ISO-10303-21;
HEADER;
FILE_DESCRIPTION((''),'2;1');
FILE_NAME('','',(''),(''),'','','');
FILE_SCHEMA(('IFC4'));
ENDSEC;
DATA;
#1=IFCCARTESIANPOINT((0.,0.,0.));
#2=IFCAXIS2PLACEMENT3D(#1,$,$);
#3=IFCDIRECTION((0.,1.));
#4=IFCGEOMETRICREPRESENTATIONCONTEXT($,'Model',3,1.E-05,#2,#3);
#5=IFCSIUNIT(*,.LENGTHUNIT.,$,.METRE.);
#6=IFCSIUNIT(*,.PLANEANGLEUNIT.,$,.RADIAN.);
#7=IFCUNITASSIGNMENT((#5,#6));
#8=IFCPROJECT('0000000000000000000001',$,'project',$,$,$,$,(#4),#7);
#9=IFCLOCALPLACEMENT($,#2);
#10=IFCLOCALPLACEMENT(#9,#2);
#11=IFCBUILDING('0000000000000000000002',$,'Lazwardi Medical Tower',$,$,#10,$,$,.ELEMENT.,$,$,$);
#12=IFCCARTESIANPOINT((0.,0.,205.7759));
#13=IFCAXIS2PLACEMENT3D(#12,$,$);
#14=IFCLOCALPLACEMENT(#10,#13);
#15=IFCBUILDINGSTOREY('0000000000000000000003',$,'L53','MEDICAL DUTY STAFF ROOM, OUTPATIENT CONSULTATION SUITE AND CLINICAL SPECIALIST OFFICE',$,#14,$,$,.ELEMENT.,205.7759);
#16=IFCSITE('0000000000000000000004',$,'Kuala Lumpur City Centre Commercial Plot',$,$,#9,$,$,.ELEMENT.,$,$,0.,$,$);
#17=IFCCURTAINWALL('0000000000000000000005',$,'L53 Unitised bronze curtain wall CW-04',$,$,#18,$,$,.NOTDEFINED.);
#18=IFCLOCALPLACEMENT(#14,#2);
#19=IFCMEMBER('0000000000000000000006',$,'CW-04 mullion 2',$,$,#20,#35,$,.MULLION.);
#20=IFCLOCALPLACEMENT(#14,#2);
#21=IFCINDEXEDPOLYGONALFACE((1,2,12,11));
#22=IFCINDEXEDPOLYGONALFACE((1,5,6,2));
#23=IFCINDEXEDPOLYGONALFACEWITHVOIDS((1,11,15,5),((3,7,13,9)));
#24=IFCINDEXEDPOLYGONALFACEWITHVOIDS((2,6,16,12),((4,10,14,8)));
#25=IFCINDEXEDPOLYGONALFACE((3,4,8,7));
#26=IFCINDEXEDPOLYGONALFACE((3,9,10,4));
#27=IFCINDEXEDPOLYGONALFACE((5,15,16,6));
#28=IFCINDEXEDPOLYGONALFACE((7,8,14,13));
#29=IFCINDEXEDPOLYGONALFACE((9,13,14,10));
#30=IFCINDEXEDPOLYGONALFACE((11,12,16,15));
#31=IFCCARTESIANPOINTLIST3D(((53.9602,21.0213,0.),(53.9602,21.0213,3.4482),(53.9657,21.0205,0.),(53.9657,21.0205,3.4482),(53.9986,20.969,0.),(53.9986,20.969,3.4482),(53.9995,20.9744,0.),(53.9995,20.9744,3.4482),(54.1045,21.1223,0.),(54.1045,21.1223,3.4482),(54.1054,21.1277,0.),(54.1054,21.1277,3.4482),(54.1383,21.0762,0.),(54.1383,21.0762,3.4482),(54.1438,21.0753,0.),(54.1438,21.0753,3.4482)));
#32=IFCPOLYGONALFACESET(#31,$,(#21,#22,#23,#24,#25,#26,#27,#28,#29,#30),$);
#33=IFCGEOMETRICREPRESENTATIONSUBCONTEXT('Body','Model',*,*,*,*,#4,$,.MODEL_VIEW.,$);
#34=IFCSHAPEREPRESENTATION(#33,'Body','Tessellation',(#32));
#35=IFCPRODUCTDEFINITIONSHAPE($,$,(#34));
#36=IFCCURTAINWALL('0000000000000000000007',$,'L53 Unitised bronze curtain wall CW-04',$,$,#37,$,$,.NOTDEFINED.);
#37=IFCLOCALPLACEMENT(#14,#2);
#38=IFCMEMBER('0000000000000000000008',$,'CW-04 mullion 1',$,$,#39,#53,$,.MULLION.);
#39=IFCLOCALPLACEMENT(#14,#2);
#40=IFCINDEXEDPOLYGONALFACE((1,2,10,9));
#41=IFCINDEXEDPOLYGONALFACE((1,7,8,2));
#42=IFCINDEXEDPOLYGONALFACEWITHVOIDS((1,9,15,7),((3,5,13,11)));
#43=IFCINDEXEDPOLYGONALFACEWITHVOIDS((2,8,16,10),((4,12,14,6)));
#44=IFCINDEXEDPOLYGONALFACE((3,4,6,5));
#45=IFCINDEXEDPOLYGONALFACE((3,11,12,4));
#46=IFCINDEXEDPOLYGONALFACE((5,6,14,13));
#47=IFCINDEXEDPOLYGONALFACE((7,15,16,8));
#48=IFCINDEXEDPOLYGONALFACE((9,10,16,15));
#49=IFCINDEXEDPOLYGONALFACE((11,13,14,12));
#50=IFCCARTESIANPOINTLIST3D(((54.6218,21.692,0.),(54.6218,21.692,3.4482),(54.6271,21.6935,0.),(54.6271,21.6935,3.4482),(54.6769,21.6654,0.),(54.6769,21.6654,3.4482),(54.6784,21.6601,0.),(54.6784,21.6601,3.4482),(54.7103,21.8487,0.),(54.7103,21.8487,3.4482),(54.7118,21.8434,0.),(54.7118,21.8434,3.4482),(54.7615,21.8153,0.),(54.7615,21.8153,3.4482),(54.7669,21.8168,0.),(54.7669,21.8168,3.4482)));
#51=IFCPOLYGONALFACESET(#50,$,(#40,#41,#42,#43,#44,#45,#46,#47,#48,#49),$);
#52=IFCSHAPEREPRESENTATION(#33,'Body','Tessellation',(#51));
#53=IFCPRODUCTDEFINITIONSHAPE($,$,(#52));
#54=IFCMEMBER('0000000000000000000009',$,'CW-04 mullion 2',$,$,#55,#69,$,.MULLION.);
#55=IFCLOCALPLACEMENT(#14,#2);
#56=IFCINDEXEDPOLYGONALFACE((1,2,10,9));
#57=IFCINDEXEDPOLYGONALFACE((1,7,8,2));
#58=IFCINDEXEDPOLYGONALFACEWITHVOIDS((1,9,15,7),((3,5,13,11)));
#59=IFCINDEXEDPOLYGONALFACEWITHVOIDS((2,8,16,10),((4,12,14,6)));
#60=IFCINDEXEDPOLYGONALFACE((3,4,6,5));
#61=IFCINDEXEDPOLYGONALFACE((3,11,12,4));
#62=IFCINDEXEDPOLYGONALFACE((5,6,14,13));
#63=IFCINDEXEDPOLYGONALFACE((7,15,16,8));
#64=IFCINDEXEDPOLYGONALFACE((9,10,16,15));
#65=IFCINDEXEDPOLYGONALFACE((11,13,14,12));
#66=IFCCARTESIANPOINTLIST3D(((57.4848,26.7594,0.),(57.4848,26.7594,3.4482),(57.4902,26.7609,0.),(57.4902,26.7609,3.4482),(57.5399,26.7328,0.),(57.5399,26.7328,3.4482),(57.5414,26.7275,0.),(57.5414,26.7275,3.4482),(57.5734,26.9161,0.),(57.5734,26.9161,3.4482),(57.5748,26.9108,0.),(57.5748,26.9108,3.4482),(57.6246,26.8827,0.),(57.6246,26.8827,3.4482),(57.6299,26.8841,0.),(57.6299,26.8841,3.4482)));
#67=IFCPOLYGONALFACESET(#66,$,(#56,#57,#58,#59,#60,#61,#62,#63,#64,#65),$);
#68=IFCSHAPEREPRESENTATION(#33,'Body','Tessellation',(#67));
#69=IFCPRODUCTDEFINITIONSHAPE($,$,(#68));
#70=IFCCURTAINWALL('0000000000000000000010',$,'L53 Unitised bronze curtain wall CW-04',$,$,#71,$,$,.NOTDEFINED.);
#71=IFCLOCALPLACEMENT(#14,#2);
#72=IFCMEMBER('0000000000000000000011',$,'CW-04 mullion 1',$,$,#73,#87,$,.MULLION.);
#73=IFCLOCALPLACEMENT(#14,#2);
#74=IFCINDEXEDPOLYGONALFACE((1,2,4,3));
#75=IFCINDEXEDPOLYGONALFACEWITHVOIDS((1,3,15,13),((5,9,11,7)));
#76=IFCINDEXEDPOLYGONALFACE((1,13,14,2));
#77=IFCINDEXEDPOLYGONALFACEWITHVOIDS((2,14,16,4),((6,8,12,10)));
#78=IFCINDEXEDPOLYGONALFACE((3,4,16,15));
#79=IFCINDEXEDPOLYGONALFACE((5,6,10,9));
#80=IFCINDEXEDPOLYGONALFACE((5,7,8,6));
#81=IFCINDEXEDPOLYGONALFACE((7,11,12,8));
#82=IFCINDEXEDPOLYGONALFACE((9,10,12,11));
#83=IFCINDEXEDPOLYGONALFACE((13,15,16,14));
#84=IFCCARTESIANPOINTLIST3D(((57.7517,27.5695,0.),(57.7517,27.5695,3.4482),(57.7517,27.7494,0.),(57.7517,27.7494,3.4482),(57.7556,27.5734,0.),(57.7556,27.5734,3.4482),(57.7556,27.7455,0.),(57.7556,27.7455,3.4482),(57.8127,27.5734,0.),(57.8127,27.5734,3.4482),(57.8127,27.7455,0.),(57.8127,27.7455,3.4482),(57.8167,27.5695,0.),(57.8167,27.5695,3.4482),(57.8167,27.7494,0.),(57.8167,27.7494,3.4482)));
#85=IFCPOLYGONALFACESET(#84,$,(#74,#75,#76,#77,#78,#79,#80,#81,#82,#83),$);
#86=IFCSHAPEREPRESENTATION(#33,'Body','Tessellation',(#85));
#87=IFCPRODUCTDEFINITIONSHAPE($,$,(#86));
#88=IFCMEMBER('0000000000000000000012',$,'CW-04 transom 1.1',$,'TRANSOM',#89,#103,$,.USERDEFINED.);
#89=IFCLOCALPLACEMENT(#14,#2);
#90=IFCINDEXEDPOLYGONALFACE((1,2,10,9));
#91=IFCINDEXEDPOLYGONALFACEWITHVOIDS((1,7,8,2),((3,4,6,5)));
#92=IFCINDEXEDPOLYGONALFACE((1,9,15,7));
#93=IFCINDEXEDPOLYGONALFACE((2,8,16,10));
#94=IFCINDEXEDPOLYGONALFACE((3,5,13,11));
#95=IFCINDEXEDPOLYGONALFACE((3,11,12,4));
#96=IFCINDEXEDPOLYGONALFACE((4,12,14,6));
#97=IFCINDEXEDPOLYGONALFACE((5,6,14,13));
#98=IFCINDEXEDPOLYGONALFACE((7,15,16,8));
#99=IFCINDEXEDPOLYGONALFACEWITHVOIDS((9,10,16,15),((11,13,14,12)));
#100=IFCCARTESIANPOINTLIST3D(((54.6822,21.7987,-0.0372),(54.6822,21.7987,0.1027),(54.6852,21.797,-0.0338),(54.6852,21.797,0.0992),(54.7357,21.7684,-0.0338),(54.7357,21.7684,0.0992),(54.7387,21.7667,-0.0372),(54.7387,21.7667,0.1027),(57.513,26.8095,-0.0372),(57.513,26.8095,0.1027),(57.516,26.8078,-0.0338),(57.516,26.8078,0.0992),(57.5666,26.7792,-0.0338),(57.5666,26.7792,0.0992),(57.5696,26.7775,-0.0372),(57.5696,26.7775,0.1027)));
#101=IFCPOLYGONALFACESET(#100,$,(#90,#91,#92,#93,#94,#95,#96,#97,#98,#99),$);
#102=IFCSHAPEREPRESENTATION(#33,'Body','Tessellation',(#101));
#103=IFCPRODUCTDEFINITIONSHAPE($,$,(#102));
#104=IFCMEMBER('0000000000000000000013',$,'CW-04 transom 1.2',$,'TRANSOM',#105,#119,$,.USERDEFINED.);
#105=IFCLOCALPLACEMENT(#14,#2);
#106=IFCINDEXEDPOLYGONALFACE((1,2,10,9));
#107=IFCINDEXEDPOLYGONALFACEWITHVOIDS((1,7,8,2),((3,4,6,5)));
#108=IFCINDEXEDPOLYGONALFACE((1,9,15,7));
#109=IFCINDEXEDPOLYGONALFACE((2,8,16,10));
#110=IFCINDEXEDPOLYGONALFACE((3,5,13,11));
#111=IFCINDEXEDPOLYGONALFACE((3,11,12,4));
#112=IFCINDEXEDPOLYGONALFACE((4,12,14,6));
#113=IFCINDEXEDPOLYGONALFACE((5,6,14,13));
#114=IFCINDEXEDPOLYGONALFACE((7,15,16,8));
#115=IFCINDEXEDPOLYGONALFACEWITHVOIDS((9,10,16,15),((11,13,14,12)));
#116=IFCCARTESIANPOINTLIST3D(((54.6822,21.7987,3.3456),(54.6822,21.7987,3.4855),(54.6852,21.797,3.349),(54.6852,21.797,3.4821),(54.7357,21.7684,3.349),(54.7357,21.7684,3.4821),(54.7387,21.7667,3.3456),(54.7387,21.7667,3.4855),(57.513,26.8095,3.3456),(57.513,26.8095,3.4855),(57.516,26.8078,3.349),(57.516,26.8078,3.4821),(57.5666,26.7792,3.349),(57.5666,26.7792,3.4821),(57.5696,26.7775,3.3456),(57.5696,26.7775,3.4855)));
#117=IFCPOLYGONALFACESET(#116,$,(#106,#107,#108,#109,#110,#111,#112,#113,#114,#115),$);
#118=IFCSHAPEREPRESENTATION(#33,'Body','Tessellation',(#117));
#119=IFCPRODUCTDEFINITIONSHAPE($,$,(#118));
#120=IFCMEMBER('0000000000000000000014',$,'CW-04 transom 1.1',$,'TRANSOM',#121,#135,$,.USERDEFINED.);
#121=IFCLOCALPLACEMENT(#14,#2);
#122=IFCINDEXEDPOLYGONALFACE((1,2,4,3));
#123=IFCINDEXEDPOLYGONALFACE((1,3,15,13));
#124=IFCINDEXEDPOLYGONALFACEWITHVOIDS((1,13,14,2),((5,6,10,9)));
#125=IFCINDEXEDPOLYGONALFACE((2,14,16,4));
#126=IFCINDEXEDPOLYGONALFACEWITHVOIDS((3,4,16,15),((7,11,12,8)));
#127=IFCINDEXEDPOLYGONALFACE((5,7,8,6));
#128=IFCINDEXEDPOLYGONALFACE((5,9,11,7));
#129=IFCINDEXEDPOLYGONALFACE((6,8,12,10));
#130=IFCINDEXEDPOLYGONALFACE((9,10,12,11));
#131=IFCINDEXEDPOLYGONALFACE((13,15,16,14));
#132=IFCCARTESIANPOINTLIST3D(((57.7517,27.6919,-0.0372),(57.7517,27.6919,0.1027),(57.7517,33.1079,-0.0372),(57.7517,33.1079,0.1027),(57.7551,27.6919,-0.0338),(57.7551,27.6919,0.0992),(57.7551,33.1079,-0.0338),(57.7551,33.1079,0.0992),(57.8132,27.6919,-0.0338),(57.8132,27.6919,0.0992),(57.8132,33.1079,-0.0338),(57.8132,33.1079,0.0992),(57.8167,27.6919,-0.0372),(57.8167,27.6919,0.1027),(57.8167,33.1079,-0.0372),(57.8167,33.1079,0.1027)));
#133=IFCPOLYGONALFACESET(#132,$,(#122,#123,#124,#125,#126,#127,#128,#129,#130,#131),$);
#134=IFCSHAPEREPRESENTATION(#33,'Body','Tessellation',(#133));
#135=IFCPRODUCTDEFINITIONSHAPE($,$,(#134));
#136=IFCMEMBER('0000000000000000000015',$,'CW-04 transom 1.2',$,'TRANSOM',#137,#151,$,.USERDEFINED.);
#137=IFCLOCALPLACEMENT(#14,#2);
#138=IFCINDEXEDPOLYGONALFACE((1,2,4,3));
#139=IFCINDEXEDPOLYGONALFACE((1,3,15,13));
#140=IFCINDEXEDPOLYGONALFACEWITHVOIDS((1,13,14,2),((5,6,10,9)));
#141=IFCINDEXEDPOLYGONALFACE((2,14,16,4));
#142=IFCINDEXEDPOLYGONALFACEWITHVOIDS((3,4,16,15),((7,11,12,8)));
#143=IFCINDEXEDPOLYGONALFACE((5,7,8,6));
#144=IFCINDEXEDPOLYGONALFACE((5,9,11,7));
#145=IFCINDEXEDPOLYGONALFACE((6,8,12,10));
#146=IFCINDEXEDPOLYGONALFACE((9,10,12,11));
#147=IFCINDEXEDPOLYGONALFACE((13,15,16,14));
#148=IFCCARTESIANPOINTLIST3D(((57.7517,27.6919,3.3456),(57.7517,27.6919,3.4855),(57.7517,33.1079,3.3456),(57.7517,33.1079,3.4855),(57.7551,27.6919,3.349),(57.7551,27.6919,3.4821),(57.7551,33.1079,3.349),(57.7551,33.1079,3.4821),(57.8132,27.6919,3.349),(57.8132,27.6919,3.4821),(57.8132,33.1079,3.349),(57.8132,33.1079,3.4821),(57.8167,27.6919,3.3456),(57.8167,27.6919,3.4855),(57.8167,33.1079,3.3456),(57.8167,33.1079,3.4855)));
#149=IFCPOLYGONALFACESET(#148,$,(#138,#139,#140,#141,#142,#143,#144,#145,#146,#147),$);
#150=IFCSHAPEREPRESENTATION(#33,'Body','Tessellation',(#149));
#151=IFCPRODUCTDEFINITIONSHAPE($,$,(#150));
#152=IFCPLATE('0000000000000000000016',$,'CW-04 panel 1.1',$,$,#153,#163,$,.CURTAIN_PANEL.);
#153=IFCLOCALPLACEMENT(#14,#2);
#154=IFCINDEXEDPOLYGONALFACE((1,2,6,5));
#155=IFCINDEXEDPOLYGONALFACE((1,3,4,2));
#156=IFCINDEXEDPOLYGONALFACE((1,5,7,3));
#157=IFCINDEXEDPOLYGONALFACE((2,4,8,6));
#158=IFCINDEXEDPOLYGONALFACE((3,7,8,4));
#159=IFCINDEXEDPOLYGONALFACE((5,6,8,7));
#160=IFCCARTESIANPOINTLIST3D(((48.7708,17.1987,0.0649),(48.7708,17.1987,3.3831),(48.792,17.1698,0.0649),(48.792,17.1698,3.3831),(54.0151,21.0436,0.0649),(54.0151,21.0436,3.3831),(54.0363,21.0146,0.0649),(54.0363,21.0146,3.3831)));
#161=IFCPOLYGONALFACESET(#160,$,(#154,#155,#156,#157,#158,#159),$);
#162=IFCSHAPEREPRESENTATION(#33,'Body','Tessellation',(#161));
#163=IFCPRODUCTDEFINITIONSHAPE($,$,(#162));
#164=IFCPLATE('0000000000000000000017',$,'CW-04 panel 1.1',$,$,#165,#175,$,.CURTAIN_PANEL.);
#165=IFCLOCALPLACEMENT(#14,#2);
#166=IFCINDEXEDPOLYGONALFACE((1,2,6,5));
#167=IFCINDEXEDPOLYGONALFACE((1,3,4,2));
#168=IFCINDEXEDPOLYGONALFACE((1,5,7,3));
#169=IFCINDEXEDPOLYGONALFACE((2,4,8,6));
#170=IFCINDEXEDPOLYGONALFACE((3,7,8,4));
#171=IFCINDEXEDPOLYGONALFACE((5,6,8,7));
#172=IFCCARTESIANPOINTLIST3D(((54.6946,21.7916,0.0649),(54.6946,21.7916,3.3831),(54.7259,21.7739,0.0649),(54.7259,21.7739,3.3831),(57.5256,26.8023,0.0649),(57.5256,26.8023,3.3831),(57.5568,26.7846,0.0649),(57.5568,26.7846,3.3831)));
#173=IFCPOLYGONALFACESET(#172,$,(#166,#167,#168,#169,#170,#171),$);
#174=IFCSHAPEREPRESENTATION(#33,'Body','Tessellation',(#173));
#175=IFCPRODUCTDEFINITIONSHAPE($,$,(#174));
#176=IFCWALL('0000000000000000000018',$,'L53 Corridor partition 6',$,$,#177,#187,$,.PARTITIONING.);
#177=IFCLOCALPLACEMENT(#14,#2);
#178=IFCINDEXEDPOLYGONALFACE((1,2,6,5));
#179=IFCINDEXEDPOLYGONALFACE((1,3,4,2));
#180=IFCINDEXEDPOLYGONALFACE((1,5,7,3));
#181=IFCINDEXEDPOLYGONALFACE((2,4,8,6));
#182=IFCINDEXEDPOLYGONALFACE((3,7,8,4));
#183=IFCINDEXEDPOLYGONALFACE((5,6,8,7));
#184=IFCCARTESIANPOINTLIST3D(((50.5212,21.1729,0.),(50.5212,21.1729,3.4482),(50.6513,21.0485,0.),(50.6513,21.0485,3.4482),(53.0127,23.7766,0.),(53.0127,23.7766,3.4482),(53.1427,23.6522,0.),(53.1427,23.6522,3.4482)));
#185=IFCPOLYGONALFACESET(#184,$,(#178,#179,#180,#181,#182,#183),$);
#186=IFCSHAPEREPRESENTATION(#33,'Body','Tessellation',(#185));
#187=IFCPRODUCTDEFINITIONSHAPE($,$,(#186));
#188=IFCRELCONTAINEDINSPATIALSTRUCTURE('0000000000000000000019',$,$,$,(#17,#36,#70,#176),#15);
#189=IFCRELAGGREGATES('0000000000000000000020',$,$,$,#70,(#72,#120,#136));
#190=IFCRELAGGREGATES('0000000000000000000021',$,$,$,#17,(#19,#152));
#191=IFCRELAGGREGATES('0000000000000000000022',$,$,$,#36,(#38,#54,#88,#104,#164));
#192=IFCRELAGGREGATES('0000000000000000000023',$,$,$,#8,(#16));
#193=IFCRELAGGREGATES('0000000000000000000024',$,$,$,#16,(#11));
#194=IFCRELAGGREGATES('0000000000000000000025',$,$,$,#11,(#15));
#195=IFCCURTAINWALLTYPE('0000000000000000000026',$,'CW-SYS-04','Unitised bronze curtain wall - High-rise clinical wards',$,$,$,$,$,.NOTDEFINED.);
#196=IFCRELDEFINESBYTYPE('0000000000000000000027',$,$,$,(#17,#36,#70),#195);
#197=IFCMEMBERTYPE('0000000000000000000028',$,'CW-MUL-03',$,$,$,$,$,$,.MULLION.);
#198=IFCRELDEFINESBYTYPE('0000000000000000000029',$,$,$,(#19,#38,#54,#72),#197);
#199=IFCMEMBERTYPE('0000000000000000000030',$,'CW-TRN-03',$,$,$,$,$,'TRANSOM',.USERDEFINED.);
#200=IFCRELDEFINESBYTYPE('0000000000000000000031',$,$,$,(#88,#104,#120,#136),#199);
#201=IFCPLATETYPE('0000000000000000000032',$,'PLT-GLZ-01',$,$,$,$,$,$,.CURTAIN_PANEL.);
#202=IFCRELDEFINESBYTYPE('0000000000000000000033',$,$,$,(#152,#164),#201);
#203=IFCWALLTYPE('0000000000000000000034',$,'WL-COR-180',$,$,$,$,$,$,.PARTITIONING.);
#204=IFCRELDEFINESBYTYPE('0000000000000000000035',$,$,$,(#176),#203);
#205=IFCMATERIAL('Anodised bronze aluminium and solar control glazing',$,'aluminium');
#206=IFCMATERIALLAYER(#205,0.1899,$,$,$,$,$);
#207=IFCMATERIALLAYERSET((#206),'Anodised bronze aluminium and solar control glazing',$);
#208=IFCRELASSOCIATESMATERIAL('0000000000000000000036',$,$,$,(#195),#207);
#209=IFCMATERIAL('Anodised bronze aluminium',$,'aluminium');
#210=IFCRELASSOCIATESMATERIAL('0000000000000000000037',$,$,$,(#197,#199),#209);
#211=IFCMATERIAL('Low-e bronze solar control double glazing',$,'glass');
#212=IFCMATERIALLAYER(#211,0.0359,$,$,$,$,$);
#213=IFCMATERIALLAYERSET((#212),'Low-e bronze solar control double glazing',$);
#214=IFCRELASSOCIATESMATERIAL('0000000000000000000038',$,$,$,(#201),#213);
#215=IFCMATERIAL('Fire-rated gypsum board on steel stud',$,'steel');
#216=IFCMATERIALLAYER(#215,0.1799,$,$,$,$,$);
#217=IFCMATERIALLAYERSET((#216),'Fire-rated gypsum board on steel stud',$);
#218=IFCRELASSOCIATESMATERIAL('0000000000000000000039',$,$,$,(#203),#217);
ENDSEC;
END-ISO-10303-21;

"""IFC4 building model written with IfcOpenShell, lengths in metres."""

from ifc_helpers import new_model, si_unit, direction, frame, frame_2d, origin, origin_2d, place, context, subcontext, project, spatial, rectangle, hollow_rectangle, extrude, material, layer, layer_set, material_profile, profile_set, type_object, element, aggregate, save


model = new_model("IFC4")

# Units and contexts
model_context = context("Model", 3, precision=1e-05, world=origin(), true_north=direction((0.0, 1.0)))
body_context = subcontext(model_context, "Body", "Model", "MODEL_VIEW")
ifc_project = project(units=[si_unit("LENGTHUNIT", "METRE"), si_unit("PLANEANGLEUNIT", "RADIAN")], contexts=[model_context])

# Site, building, storey
site_placement = place(None, origin())
site = spatial("IfcSite", under=ifc_project, at=site_placement, Name="Kuala Lumpur City Centre Commercial Plot", CompositionType="ELEMENT", RefElevation=0.0)
building_placement = place(site_placement, origin())
building = spatial("IfcBuilding", under=site, at=building_placement, Name="Lazwardi Medical Tower", CompositionType="ELEMENT")
storey_placement = place(building_placement, frame((0.0, 0.0, 205.7759)))
storey = spatial("IfcBuildingStorey", under=building, at=storey_placement, Name="L53", Description="MEDICAL DUTY STAFF ROOM, OUTPATIENT CONSULTATION SUITE AND CLINICAL SPECIALIST OFFICE", CompositionType="ELEMENT", Elevation=205.7759)

# Curtain wall, member
ifc_material_1 = material(Name="Anodised bronze aluminium and solar control glazing", Category="aluminium")
ifc_layer_1 = layer(ifc_material_1, 0.1899)
ifc_layer_set_1 = layer_set([ifc_layer_1], Name="Anodised bronze aluminium and solar control glazing")
curtain_wall_type = type_object("IfcCurtainWallType", Name="CW-SYS-04", Description="Unitised bronze curtain wall - High-rise clinical wards", PredefinedType="NOTDEFINED", material=ifc_layer_set_1)
curtain_wall_1_placement = place(storey_placement, origin())
curtain_wall_1 = element("IfcCurtainWall", 1, at=curtain_wall_1_placement, inside=storey, type_object=curtain_wall_type, Name="L53 Unitised bronze curtain wall CW-04", PredefinedType="NOTDEFINED")
ifc_material_2 = material(Name="Anodised bronze aluminium", Category="aluminium")
ifc_material_profile_1 = material_profile(ifc_material_2, hollow_rectangle(XDim=0.0649, YDim=0.1799, WallThickness=0.0039, at=origin_2d()), Name="ALU-MULLION 180x65x4")
ifc_profile_set_1 = profile_set([ifc_material_profile_1], Name="Anodised bronze aluminium")
member_type_1 = type_object("IfcMemberType", Name="CW-MUL-03", PredefinedType="MULLION", material=ifc_profile_set_1)
member_1_placement = place(storey_placement, frame((54.052, 21.0483, 0.0), z_axis=(0.0, 0.0, 1.0), x_axis=(-0.591268, 0.806475, 0.0)))
member_1 = element("IfcMember", 2, at=member_1_placement, type_object=member_type_1, Name="CW-04 mullion 2", PredefinedType="MULLION", context=body_context, shape_type="SweptSolid", body=[
    extrude(hollow_rectangle(XDim=0.0649, YDim=0.1799, WallThickness=0.0039, at=origin_2d()), origin(), (0.0, 0.0, 1.0), 3.4482),
])

# Curtain wall, members
curtain_wall_2_placement = place(storey_placement, origin())
curtain_wall_2 = element("IfcCurtainWall", 3, at=curtain_wall_2_placement, inside=storey, type_object=curtain_wall_type, Name="L53 Unitised bronze curtain wall CW-04", PredefinedType="NOTDEFINED")
member_2_placement = place(storey_placement, frame((54.6943, 21.7544, 0.0), z_axis=(0.0, 0.0, 1.0), x_axis=(-0.870651, 0.4919, 0.0)))
member_2 = element("IfcMember", 4, at=member_2_placement, type_object=member_type_1, Name="CW-04 mullion 1", PredefinedType="MULLION", context=body_context, shape_type="SweptSolid", body=[
    extrude(hollow_rectangle(XDim=0.0649, YDim=0.1799, WallThickness=0.0039, at=origin_2d()), origin(), (0.0, 0.0, 1.0), 3.4482),
])
member_3_placement = place(storey_placement, frame((57.5574, 26.8218, 0.0), z_axis=(0.0, 0.0, 1.0), x_axis=(-0.870651, 0.4919, 0.0)))
member_3 = element("IfcMember", 5, at=member_3_placement, type_object=member_type_1, Name="CW-04 mullion 2", PredefinedType="MULLION", context=body_context, shape_type="SweptSolid", body=[
    extrude(hollow_rectangle(XDim=0.0649, YDim=0.1799, WallThickness=0.0039, at=origin_2d()), origin(), (0.0, 0.0, 1.0), 3.4482),
])

# Curtain wall, member
curtain_wall_3_placement = place(storey_placement, origin())
curtain_wall_3 = element("IfcCurtainWall", 6, at=curtain_wall_3_placement, inside=storey, type_object=curtain_wall_type, Name="L53 Unitised bronze curtain wall CW-04", PredefinedType="NOTDEFINED")
member_4_placement = place(storey_placement, frame((57.7842, 27.6594, 0.0), z_axis=(0.0, 0.0, 1.0), x_axis=(-1.0, 0.0, 0.0)))
member_4 = element("IfcMember", 7, at=member_4_placement, type_object=member_type_1, Name="CW-04 mullion 1", PredefinedType="MULLION", context=body_context, shape_type="SweptSolid", body=[
    extrude(hollow_rectangle(XDim=0.0649, YDim=0.1799, WallThickness=0.0039, at=origin_2d()), origin(), (0.0, 0.0, 1.0), 3.4482),
])

# Members
ifc_material_profile_2 = material_profile(ifc_material_2, hollow_rectangle(XDim=0.0649, YDim=0.1399, WallThickness=0.0034, at=origin_2d()), Name="ALU-TRANSOM 140x65x3.5")
ifc_profile_set_2 = profile_set([ifc_material_profile_2], Name="Anodised bronze aluminium")
member_type_2 = type_object("IfcMemberType", Name="CW-TRN-03", ElementType="TRANSOM", PredefinedType="USERDEFINED", material=ifc_profile_set_2)
member_5_placement = place(storey_placement, frame((54.7104, 21.7827, 0.0327), z_axis=(0.49188, 0.870663, 0.0), x_axis=(-0.870663, 0.49188, 0.0)))
member_5 = element("IfcMember", 8, at=member_5_placement, type_object=member_type_2, Name="CW-04 transom 1.1", ObjectType="TRANSOM", PredefinedType="USERDEFINED", context=body_context, shape_type="SweptSolid", body=[
    extrude(hollow_rectangle(XDim=0.0649, YDim=0.1399, WallThickness=0.0034, at=origin_2d()), origin(), (0.0, 0.0, 1.0), 5.7551),
])
member_6_placement = place(storey_placement, frame((54.7104, 21.7827, 3.4155), z_axis=(0.49188, 0.870663, 0.0), x_axis=(-0.870663, 0.49188, 0.0)))
member_6 = element("IfcMember", 9, at=member_6_placement, type_object=member_type_2, Name="CW-04 transom 1.2", ObjectType="TRANSOM", PredefinedType="USERDEFINED", context=body_context, shape_type="SweptSolid", body=[
    extrude(hollow_rectangle(XDim=0.0649, YDim=0.1399, WallThickness=0.0034, at=origin_2d()), origin(), (0.0, 0.0, 1.0), 5.7551),
])
member_7_placement = place(storey_placement, frame((57.7842, 27.6919, 0.0327), z_axis=(0.0, 1.0, 0.0), x_axis=(-1.0, 0.0, 0.0)))
member_7 = element("IfcMember", 10, at=member_7_placement, type_object=member_type_2, Name="CW-04 transom 1.1", ObjectType="TRANSOM", PredefinedType="USERDEFINED", context=body_context, shape_type="SweptSolid", body=[
    extrude(hollow_rectangle(XDim=0.0649, YDim=0.1399, WallThickness=0.0034, at=origin_2d()), origin(), (0.0, 0.0, 1.0), 5.416),
])
member_8_placement = place(storey_placement, frame((57.7842, 27.6919, 3.4155), z_axis=(0.0, 1.0, 0.0), x_axis=(-1.0, 0.0, 0.0)))
member_8 = element("IfcMember", 11, at=member_8_placement, type_object=member_type_2, Name="CW-04 transom 1.2", ObjectType="TRANSOM", PredefinedType="USERDEFINED", context=body_context, shape_type="SweptSolid", body=[
    extrude(hollow_rectangle(XDim=0.0649, YDim=0.1399, WallThickness=0.0034, at=origin_2d()), origin(), (0.0, 0.0, 1.0), 5.416),
])
aggregate(curtain_wall_3, [member_4, member_7, member_8])

# Plates
ifc_material_3 = material(Name="Low-e bronze solar control double glazing", Category="glass")
ifc_layer_2 = layer(ifc_material_3, 0.0359)
ifc_layer_set_2 = layer_set([ifc_layer_2], Name="Low-e bronze solar control double glazing")
plate_type = type_object("IfcPlateType", Name="PLT-GLZ-01", PredefinedType="CURTAIN_PANEL", material=ifc_layer_set_2)
plate_1_placement = place(storey_placement, frame((51.4036, 19.1067, 0.0649), z_axis=(0.0, 0.0, 1.0), x_axis=(0.806475, 0.591268, 0.0)))
plate_1 = element("IfcPlate", 12, at=plate_1_placement, type_object=plate_type, Name="CW-04 panel 1.1", PredefinedType="CURTAIN_PANEL", context=body_context, shape_type="SweptSolid", body=[
    extrude(rectangle(XDim=6.5027, YDim=0.0359, at=origin_2d()), origin(), (0.0, 0.0, 1.0), 3.3181),
])
aggregate(curtain_wall_1, [member_1, plate_1])
plate_2_placement = place(storey_placement, frame((56.1257, 24.2881, 0.0649), z_axis=(0.0, 0.0, 1.0), x_axis=(0.4919, 0.870651, 0.0)))
plate_2 = element("IfcPlate", 13, at=plate_2_placement, type_object=plate_type, Name="CW-04 panel 1.1", PredefinedType="CURTAIN_PANEL", context=body_context, shape_type="SweptSolid", body=[
    extrude(rectangle(XDim=5.7551, YDim=0.0359, at=origin_2d()), origin(), (0.0, 0.0, 1.0), 3.3181),
])
aggregate(curtain_wall_2, [member_2, member_3, member_5, member_6, plate_2])

# Wall
ifc_material_4 = material(Name="Fire-rated gypsum board on steel stud", Category="steel")
ifc_layer_3 = layer(ifc_material_4, 0.1799)
ifc_layer_set_3 = layer_set([ifc_layer_3], Name="Fire-rated gypsum board on steel stud")
wall_type_1 = type_object("IfcWallType", Name="WL-COR-180", PredefinedType="PARTITIONING", material=ifc_layer_set_3)
wall_1_placement = place(storey_placement, frame((53.0776, 23.7144, 0.0), z_axis=(0.0, 0.0, 1.0), x_axis=(-0.691353, -0.722517, 0.0)))
element("IfcWall", 14, at=wall_1_placement, inside=storey, type_object=wall_type_1, Name="L53 Corridor partition 6", PredefinedType="PARTITIONING", context=body_context, shape_type="SweptSolid", body=[
    extrude(rectangle(XDim=3.6038, YDim=0.1799, at=frame_2d((1.8018, 0.0))), origin(), (0.0, 0.0, 1.0), 3.4482),
])

save(model, "model.ifc")
